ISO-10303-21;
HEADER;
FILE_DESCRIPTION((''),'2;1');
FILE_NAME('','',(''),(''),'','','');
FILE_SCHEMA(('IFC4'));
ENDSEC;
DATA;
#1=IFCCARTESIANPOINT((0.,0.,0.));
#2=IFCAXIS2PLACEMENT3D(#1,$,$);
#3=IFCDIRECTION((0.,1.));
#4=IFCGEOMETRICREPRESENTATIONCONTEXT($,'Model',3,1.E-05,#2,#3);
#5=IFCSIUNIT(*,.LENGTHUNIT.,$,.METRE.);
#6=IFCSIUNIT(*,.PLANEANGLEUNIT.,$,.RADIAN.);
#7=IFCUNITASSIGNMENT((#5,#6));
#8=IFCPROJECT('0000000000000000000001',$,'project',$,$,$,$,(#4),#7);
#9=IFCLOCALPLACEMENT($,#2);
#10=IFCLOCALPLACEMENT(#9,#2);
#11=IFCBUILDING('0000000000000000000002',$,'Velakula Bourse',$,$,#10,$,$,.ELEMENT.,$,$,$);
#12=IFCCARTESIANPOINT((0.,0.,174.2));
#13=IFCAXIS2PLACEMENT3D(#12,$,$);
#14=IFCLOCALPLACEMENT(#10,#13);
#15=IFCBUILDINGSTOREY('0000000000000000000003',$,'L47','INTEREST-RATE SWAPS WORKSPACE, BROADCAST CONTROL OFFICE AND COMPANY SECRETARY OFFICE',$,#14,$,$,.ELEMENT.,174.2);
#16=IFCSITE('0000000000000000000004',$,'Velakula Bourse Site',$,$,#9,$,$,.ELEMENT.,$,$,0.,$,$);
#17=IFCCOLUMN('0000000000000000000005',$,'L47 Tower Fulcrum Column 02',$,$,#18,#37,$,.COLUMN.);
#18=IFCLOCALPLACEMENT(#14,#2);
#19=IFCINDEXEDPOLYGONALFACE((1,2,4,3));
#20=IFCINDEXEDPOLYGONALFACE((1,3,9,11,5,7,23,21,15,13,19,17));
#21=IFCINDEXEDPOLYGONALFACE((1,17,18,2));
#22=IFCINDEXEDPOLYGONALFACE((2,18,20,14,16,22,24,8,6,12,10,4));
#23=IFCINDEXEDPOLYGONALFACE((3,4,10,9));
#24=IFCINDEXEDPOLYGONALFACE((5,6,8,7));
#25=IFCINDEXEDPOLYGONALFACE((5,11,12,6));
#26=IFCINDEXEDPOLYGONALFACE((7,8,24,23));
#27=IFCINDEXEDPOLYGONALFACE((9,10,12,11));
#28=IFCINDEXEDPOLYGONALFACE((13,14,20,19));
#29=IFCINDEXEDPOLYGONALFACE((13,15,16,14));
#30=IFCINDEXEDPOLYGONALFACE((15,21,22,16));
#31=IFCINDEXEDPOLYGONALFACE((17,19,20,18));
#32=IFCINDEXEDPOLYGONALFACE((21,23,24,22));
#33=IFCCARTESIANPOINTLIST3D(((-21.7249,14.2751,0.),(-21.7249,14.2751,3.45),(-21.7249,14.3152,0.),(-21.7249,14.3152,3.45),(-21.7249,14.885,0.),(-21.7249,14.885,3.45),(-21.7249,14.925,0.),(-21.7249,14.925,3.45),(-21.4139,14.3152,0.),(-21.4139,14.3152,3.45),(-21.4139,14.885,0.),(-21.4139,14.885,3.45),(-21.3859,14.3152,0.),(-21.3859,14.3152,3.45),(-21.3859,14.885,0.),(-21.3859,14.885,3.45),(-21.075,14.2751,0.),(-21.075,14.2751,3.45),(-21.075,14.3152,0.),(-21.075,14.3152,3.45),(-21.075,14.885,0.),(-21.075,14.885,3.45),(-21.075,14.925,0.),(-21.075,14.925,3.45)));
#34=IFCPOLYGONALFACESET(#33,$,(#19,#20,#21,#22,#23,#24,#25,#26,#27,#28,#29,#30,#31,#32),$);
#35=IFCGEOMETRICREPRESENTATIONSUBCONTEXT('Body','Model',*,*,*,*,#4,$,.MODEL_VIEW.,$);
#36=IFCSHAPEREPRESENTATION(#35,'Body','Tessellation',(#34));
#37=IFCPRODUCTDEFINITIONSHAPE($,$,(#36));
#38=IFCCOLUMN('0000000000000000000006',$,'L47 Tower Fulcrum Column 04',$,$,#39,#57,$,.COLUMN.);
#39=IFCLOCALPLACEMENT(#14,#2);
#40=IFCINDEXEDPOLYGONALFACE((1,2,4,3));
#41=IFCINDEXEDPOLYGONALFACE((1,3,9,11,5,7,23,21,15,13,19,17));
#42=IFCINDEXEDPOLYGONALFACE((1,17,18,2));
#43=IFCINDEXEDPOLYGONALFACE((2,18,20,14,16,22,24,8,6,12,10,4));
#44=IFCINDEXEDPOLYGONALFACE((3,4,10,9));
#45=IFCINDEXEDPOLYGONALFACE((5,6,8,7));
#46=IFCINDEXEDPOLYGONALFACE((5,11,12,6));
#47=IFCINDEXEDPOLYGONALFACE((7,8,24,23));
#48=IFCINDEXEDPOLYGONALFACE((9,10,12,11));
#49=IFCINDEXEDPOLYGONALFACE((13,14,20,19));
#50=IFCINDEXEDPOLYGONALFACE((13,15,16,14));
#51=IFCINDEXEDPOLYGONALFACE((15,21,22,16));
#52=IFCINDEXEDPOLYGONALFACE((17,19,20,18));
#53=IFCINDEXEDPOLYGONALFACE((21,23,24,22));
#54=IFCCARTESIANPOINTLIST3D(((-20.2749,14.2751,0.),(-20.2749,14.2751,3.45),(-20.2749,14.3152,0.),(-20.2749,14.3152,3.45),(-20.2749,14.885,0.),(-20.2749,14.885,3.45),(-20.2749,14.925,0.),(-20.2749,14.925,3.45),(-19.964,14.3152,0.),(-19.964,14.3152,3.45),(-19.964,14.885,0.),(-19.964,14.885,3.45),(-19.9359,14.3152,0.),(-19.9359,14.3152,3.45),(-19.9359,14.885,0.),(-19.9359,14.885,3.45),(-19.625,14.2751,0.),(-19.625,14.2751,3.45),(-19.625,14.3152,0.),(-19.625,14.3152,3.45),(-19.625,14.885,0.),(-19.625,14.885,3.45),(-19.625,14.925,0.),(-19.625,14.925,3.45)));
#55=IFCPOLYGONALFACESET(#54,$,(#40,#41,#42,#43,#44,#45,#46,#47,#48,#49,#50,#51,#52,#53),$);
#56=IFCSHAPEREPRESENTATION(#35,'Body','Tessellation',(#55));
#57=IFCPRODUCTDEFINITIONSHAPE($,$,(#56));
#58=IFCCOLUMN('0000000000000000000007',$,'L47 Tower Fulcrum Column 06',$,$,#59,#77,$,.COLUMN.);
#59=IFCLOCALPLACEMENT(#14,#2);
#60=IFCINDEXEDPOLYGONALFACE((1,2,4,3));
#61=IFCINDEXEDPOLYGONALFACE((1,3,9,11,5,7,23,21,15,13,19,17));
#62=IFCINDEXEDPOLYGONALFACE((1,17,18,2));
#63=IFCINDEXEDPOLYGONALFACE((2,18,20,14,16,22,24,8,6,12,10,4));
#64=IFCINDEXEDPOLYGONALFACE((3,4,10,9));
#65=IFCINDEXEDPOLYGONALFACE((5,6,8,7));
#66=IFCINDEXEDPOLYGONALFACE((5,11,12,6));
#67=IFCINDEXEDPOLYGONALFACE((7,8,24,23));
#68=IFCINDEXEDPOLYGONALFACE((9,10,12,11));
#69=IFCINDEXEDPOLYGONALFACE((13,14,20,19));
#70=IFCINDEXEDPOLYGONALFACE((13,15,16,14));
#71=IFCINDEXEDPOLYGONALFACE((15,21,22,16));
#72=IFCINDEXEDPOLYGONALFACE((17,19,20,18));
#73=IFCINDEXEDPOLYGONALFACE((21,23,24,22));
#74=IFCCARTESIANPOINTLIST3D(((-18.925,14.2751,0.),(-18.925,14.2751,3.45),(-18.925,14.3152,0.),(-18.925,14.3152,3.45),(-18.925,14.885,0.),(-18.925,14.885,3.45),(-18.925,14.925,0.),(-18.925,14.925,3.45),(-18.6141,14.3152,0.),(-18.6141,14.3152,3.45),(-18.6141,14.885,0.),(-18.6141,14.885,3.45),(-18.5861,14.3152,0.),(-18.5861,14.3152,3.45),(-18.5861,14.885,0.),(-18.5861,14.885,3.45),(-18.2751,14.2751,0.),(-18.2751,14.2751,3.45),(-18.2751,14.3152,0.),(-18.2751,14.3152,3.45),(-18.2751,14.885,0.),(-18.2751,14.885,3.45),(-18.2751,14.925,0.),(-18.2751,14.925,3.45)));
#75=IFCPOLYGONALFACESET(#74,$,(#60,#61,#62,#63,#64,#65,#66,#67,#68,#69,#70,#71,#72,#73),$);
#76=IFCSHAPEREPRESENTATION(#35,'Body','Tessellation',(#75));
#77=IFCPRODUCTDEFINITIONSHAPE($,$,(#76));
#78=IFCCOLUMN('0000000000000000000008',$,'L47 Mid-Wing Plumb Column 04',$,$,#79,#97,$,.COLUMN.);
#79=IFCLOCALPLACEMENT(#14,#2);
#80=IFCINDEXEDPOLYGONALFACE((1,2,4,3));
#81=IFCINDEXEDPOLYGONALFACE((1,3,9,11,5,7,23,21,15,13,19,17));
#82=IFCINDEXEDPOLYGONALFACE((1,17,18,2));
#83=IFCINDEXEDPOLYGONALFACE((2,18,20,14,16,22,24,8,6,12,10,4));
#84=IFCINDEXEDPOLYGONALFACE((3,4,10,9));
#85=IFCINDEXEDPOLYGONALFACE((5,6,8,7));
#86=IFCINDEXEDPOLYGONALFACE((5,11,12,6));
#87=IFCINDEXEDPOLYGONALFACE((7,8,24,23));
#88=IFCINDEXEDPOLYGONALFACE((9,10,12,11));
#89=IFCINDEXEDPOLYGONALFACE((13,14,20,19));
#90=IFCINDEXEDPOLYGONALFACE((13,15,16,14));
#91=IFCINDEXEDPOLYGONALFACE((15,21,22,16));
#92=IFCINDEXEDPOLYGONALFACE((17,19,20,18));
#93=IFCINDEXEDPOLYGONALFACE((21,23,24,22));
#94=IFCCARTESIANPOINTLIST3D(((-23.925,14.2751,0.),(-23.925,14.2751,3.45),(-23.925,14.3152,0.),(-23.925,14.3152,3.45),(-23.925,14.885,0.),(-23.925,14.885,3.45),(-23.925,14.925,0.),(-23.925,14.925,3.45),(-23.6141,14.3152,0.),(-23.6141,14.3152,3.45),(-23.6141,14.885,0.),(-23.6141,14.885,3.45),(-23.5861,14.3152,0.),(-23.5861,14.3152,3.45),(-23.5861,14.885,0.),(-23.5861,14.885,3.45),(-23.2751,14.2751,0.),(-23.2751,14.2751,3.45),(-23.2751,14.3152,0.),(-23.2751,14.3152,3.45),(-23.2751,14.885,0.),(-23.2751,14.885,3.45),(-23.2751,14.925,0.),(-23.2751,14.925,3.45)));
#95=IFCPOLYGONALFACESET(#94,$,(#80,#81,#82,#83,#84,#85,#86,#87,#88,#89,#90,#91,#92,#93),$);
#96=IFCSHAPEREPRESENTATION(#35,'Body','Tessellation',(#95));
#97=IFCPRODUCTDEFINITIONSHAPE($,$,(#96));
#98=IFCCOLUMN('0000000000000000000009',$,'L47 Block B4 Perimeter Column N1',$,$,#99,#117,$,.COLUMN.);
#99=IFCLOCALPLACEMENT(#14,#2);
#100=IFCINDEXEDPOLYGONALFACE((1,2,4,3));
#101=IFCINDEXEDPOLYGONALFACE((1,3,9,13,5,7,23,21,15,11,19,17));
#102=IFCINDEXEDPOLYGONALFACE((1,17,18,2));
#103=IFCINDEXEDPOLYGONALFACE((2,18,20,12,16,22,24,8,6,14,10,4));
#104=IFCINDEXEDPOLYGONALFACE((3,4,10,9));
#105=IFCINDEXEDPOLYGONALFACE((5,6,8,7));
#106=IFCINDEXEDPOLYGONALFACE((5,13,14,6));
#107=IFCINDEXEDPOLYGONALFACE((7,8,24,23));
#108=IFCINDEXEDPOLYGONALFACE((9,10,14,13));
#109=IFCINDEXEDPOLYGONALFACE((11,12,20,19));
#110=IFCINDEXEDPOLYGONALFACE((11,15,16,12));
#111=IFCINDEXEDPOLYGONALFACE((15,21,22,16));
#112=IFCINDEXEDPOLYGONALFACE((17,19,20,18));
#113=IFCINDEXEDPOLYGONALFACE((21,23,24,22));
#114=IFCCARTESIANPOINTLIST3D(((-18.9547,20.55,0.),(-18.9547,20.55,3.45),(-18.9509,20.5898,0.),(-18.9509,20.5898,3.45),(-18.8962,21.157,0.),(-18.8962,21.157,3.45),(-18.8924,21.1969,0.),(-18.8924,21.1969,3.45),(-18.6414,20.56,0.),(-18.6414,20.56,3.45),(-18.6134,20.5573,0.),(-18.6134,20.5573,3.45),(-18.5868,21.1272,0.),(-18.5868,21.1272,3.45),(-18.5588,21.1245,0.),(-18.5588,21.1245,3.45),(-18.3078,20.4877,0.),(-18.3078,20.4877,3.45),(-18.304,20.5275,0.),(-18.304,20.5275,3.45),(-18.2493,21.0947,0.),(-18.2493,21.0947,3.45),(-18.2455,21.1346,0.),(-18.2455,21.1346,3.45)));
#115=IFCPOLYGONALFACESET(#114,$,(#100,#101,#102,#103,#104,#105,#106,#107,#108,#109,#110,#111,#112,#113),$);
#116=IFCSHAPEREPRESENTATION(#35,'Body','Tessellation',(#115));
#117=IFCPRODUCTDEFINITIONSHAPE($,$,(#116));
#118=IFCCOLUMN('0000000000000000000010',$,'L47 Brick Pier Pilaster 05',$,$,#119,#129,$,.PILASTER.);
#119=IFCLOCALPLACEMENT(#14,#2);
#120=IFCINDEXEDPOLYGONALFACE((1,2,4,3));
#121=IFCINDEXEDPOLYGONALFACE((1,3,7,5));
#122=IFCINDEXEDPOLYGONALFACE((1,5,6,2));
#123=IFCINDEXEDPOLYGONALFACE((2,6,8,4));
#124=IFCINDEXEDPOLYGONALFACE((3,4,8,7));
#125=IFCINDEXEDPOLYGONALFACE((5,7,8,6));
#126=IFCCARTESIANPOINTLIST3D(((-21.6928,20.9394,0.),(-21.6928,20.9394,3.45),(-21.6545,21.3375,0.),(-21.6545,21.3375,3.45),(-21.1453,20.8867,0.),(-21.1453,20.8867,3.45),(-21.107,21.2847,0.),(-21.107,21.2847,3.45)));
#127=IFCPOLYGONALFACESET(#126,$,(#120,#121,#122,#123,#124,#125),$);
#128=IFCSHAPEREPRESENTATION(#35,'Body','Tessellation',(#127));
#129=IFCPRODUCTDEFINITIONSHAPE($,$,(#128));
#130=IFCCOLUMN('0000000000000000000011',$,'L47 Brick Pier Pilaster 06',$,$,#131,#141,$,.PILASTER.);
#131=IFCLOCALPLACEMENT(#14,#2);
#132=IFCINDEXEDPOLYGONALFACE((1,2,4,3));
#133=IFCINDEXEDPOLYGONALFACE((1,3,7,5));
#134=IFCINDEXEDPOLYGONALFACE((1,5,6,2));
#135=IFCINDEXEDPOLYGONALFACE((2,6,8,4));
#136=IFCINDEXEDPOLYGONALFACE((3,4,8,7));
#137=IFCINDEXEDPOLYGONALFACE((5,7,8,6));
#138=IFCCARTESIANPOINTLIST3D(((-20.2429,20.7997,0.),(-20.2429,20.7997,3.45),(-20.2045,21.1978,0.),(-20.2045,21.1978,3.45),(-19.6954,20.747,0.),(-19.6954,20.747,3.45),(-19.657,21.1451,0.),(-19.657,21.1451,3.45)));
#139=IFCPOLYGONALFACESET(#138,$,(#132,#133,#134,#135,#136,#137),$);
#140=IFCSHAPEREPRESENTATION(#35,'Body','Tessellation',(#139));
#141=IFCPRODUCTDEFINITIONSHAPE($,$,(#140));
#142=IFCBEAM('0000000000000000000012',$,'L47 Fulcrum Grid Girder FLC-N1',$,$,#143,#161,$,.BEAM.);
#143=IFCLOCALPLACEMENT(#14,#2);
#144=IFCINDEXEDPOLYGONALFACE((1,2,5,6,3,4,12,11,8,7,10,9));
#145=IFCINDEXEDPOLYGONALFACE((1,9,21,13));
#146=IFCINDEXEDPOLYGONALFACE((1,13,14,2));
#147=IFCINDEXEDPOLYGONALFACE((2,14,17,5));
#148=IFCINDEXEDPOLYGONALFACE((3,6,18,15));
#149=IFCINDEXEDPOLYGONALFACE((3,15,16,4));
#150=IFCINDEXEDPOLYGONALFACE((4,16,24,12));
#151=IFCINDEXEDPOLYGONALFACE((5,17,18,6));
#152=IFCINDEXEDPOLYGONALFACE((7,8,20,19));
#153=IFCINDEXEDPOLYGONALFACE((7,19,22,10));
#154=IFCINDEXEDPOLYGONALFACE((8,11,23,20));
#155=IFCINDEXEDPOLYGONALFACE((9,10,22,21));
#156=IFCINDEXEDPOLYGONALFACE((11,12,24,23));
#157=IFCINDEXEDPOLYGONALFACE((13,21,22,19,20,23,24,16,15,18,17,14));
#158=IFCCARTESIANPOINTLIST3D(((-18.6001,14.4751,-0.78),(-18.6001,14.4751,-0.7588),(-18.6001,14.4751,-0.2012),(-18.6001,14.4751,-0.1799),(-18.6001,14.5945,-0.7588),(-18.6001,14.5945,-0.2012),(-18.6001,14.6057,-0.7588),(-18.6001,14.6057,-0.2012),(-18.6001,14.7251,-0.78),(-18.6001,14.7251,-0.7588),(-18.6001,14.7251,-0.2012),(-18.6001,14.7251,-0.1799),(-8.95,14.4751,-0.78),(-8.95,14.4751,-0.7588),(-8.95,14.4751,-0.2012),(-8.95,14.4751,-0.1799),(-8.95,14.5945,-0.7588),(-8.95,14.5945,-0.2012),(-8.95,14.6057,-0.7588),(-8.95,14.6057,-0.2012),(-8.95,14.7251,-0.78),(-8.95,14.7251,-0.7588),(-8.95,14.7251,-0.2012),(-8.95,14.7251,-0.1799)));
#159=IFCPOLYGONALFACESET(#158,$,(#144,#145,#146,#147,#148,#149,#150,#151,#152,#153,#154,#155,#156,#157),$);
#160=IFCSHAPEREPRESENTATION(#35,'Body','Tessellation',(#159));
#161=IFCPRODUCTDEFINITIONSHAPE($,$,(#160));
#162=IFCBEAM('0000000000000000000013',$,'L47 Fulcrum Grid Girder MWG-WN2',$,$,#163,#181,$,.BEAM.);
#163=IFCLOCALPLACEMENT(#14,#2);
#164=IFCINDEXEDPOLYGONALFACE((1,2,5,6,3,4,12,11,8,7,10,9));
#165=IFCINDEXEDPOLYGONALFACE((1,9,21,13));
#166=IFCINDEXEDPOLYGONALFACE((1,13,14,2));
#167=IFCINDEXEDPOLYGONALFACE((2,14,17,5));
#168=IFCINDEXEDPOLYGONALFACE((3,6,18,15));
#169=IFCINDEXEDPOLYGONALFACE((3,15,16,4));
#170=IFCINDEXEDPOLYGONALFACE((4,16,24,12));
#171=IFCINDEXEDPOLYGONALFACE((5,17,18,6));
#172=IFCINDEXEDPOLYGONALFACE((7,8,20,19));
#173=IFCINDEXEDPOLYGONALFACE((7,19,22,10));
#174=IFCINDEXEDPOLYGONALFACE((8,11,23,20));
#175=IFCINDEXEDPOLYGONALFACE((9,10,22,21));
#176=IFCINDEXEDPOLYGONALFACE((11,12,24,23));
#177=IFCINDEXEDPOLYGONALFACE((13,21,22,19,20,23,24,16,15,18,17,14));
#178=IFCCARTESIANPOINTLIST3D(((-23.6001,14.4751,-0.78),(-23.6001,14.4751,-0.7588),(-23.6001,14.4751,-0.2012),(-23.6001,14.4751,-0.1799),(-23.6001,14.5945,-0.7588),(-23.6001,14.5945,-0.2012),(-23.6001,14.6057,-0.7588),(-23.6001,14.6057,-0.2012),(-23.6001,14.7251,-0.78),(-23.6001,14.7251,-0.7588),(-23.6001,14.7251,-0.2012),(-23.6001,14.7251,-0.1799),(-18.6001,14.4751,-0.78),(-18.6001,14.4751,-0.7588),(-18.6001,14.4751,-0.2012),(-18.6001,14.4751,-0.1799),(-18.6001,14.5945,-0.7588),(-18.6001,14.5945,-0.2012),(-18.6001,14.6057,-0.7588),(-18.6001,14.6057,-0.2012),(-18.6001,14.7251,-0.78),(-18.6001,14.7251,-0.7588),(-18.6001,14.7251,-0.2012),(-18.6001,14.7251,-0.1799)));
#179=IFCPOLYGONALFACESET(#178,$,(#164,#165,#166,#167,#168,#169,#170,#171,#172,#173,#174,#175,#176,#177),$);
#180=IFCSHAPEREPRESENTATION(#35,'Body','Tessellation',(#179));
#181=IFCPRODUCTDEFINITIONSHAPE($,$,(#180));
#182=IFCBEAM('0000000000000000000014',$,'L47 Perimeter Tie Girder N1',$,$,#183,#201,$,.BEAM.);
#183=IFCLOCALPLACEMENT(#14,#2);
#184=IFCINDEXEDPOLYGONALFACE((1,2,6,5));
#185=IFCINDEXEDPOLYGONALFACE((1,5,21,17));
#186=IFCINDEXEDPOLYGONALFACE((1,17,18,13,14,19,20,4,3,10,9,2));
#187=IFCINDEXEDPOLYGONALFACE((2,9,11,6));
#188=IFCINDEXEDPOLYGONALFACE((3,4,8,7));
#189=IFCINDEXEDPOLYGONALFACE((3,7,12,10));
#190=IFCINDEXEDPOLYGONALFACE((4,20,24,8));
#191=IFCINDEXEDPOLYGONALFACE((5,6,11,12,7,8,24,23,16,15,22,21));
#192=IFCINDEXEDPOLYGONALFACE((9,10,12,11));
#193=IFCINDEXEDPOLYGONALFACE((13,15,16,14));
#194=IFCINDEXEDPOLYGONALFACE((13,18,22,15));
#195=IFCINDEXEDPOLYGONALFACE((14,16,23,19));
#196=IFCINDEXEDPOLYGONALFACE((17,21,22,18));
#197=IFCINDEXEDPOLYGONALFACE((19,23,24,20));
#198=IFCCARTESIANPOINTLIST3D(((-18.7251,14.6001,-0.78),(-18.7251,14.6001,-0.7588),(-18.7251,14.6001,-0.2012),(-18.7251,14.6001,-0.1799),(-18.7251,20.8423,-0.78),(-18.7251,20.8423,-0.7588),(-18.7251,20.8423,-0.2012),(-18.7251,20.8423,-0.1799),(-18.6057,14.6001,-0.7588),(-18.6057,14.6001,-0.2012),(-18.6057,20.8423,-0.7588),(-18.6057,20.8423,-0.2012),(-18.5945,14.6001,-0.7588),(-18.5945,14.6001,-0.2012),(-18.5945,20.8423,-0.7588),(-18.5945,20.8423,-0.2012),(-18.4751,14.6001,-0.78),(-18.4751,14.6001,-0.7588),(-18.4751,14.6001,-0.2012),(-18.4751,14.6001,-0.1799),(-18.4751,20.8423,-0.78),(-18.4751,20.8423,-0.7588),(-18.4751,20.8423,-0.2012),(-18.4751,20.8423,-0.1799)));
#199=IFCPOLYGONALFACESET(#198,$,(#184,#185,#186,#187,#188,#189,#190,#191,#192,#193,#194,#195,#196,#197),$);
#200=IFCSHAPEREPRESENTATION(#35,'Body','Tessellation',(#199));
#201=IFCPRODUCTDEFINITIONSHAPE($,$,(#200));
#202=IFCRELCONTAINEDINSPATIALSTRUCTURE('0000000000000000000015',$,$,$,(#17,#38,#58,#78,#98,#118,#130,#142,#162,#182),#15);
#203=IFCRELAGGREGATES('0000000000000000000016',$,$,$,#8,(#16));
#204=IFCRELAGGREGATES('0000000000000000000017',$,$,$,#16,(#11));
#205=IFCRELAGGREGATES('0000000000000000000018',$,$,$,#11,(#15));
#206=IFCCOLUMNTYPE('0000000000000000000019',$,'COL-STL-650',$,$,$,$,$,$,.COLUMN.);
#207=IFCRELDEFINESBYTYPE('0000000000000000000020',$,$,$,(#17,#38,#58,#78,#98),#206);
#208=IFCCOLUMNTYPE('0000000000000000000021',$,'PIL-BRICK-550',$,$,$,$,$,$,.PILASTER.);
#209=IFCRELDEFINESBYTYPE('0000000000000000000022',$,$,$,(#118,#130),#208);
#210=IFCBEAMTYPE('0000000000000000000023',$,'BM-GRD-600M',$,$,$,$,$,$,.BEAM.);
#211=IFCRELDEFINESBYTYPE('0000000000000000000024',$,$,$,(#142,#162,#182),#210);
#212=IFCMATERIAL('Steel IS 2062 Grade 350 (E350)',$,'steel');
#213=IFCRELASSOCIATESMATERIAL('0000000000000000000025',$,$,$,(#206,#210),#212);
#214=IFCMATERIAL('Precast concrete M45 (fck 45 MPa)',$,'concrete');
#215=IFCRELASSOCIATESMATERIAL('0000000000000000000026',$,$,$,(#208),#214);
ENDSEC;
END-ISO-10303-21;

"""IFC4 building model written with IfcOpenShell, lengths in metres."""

from ifc_helpers import new_model, si_unit, direction, frame, origin, origin_2d, place, context, subcontext, project, spatial, rectangle, i_section, extrude, material, material_profile, profile_set, type_object, element, save


model = new_model("IFC4")

# Units and contexts
model_context = context("Model", 3, precision=1e-05, world=origin(), true_north=direction((0.0, 1.0)))
body_context = subcontext(model_context, "Body", "Model", "MODEL_VIEW")
ifc_project = project(units=[si_unit("LENGTHUNIT", "METRE"), si_unit("PLANEANGLEUNIT", "RADIAN")], contexts=[model_context])

# Site, building, storey
site_placement = place(None, origin())
site = spatial("IfcSite", under=ifc_project, at=site_placement, Name="Velakula Bourse Site", CompositionType="ELEMENT", RefElevation=0.0)
building_placement = place(site_placement, origin())
building = spatial("IfcBuilding", under=site, at=building_placement, Name="Velakula Bourse", CompositionType="ELEMENT")
storey_placement = place(building_placement, frame((0.0, 0.0, 174.2)))
storey = spatial("IfcBuildingStorey", under=building, at=storey_placement, Name="L47", Description="INTEREST-RATE SWAPS WORKSPACE, BROADCAST CONTROL OFFICE AND COMPANY SECRETARY OFFICE", CompositionType="ELEMENT", Elevation=174.2)

# Columns
ifc_material_1 = material(Name="Steel IS 2062 Grade 350 (E350)", Category="steel")
ifc_material_profile_1 = material_profile(ifc_material_1, i_section(OverallWidth=0.6499, OverallDepth=0.6499, WebThickness=0.0281, FlangeThickness=0.04, at=origin_2d()), Name="Steel IS 2062 Grade 350 (E350)")
ifc_profile_set_1 = profile_set([ifc_material_profile_1], Name="Steel IS 2062 Grade 350 (E350)")
column_type_1 = type_object("IfcColumnType", Name="COL-STL-650", PredefinedType="COLUMN", material=ifc_profile_set_1)
for number, where, z_axis, x_axis, name in (
    (1, (-21.3999, 14.6001, 0.0), (0.0, 0.0, 1.0), (1.0, 0.0, 0.0), "L47 Tower Fulcrum Column 02"),
    (2, (-19.95, 14.6001, 0.0), (0.0, 0.0, 1.0), (1.0, 0.0, 0.0), "L47 Tower Fulcrum Column 04"),
    (3, (-18.6001, 14.6001, 0.0), (0.0, 0.0, 1.0), (1.0, 0.0, 0.0), "L47 Tower Fulcrum Column 06"),
    (4, (-23.6001, 14.6001, 0.0), (0.0, 0.0, 1.0), (1.0, 0.0, 0.0), "L47 Mid-Wing Plumb Column 04"),
    (5, (-18.6001, 20.8423, 0.0), (0.0, 0.0, 1.0), (0.995396, -0.095846, 0.0), "L47 Block B4 Perimeter Column N1"),
):
    element("IfcColumn", number, at=place(storey_placement, frame(where, z_axis=z_axis, x_axis=x_axis)), inside=storey, type_object=column_type_1, Name=name, PredefinedType="COLUMN", context=body_context, shape_type="SweptSolid", body=[
        extrude(i_section(OverallWidth=0.6499, OverallDepth=0.6499, WebThickness=0.0281, FlangeThickness=0.04, at=origin_2d()), origin(), (0.0, 0.0, 1.0), 3.45),
    ])
ifc_material_2 = material(Name="Precast concrete M45 (fck 45 MPa)", Category="concrete")
ifc_material_profile_2 = material_profile(ifc_material_2, rectangle(XDim=0.55, YDim=0.3999, at=origin_2d()), Name="Precast concrete M45 (fck 45 MPa)")
ifc_profile_set_2 = profile_set([ifc_material_profile_2], Name="Precast concrete M45 (fck 45 MPa)")
column_type_2 = type_object("IfcColumnType", Name="PIL-BRICK-550", PredefinedType="PILASTER", material=ifc_profile_set_2)
for number, where, z_axis, x_axis, name in (
    (6, (-21.3999, 21.1121, 0.0), (0.0, 0.0, 1.0), (0.995396, -0.095846, 0.0), "L47 Brick Pier Pilaster 05"),
    (7, (-19.95, 20.9724, 0.0), (0.0, 0.0, 1.0), (0.995396, -0.095846, 0.0), "L47 Brick Pier Pilaster 06"),
):
    element("IfcColumn", number, at=place(storey_placement, frame(where, z_axis=z_axis, x_axis=x_axis)), inside=storey, type_object=column_type_2, Name=name, PredefinedType="PILASTER", context=body_context, shape_type="SweptSolid", body=[
        extrude(rectangle(XDim=0.55, YDim=0.3999, at=origin_2d()), origin(), (0.0, 0.0, 1.0), 3.45),
    ])

# Beams
ifc_material_profile_3 = material_profile(ifc_material_1, i_section(OverallWidth=0.25, OverallDepth=0.6001, WebThickness=0.0112, FlangeThickness=0.0212, at=origin_2d()), Name="Steel IS 2062 Grade 350 (E350)")
ifc_profile_set_3 = profile_set([ifc_material_profile_3], Name="Steel IS 2062 Grade 350 (E350)")
beam_type_1 = type_object("IfcBeamType", Name="BM-GRD-600M", PredefinedType="BEAM", material=ifc_profile_set_3)
beam_1_placement = place(storey_placement, frame((-18.6001, 14.6001, -0.48), z_axis=(1.0, 0.0, 0.0), x_axis=(0.0, 1.0, 0.0)))
element("IfcBeam", 8, at=beam_1_placement, inside=storey, type_object=beam_type_1, Name="L47 Fulcrum Grid Girder FLC-N1", PredefinedType="BEAM", context=body_context, shape_type="SweptSolid", body=[
    extrude(i_section(OverallWidth=0.25, OverallDepth=0.6001, WebThickness=0.0112, FlangeThickness=0.0212, at=origin_2d()), origin(), (0.0, 0.0, 1.0), 9.6501),
])
beam_2_placement = place(storey_placement, frame((-23.6001, 14.6001, -0.48), z_axis=(1.0, 0.0, 0.0), x_axis=(0.0, 1.0, 0.0)))
element("IfcBeam", 9, at=beam_2_placement, inside=storey, type_object=beam_type_1, Name="L47 Fulcrum Grid Girder MWG-WN2", PredefinedType="BEAM", context=body_context, shape_type="SweptSolid", body=[
    extrude(i_section(OverallWidth=0.25, OverallDepth=0.6001, WebThickness=0.0112, FlangeThickness=0.0212, at=origin_2d()), origin(), (0.0, 0.0, 1.0), 5.0),
])
beam_3_placement = place(storey_placement, frame((-18.6001, 14.6001, -0.48), z_axis=(0.0, 1.0, 0.0), x_axis=(-1.0, 0.0, 0.0)))
element("IfcBeam", 10, at=beam_3_placement, inside=storey, type_object=beam_type_1, Name="L47 Perimeter Tie Girder N1", PredefinedType="BEAM", context=body_context, shape_type="SweptSolid", body=[
    extrude(i_section(OverallWidth=0.25, OverallDepth=0.6001, WebThickness=0.0112, FlangeThickness=0.0212, at=origin_2d()), origin(), (0.0, 0.0, 1.0), 6.2422),
])

save(model, "model.ifc")
